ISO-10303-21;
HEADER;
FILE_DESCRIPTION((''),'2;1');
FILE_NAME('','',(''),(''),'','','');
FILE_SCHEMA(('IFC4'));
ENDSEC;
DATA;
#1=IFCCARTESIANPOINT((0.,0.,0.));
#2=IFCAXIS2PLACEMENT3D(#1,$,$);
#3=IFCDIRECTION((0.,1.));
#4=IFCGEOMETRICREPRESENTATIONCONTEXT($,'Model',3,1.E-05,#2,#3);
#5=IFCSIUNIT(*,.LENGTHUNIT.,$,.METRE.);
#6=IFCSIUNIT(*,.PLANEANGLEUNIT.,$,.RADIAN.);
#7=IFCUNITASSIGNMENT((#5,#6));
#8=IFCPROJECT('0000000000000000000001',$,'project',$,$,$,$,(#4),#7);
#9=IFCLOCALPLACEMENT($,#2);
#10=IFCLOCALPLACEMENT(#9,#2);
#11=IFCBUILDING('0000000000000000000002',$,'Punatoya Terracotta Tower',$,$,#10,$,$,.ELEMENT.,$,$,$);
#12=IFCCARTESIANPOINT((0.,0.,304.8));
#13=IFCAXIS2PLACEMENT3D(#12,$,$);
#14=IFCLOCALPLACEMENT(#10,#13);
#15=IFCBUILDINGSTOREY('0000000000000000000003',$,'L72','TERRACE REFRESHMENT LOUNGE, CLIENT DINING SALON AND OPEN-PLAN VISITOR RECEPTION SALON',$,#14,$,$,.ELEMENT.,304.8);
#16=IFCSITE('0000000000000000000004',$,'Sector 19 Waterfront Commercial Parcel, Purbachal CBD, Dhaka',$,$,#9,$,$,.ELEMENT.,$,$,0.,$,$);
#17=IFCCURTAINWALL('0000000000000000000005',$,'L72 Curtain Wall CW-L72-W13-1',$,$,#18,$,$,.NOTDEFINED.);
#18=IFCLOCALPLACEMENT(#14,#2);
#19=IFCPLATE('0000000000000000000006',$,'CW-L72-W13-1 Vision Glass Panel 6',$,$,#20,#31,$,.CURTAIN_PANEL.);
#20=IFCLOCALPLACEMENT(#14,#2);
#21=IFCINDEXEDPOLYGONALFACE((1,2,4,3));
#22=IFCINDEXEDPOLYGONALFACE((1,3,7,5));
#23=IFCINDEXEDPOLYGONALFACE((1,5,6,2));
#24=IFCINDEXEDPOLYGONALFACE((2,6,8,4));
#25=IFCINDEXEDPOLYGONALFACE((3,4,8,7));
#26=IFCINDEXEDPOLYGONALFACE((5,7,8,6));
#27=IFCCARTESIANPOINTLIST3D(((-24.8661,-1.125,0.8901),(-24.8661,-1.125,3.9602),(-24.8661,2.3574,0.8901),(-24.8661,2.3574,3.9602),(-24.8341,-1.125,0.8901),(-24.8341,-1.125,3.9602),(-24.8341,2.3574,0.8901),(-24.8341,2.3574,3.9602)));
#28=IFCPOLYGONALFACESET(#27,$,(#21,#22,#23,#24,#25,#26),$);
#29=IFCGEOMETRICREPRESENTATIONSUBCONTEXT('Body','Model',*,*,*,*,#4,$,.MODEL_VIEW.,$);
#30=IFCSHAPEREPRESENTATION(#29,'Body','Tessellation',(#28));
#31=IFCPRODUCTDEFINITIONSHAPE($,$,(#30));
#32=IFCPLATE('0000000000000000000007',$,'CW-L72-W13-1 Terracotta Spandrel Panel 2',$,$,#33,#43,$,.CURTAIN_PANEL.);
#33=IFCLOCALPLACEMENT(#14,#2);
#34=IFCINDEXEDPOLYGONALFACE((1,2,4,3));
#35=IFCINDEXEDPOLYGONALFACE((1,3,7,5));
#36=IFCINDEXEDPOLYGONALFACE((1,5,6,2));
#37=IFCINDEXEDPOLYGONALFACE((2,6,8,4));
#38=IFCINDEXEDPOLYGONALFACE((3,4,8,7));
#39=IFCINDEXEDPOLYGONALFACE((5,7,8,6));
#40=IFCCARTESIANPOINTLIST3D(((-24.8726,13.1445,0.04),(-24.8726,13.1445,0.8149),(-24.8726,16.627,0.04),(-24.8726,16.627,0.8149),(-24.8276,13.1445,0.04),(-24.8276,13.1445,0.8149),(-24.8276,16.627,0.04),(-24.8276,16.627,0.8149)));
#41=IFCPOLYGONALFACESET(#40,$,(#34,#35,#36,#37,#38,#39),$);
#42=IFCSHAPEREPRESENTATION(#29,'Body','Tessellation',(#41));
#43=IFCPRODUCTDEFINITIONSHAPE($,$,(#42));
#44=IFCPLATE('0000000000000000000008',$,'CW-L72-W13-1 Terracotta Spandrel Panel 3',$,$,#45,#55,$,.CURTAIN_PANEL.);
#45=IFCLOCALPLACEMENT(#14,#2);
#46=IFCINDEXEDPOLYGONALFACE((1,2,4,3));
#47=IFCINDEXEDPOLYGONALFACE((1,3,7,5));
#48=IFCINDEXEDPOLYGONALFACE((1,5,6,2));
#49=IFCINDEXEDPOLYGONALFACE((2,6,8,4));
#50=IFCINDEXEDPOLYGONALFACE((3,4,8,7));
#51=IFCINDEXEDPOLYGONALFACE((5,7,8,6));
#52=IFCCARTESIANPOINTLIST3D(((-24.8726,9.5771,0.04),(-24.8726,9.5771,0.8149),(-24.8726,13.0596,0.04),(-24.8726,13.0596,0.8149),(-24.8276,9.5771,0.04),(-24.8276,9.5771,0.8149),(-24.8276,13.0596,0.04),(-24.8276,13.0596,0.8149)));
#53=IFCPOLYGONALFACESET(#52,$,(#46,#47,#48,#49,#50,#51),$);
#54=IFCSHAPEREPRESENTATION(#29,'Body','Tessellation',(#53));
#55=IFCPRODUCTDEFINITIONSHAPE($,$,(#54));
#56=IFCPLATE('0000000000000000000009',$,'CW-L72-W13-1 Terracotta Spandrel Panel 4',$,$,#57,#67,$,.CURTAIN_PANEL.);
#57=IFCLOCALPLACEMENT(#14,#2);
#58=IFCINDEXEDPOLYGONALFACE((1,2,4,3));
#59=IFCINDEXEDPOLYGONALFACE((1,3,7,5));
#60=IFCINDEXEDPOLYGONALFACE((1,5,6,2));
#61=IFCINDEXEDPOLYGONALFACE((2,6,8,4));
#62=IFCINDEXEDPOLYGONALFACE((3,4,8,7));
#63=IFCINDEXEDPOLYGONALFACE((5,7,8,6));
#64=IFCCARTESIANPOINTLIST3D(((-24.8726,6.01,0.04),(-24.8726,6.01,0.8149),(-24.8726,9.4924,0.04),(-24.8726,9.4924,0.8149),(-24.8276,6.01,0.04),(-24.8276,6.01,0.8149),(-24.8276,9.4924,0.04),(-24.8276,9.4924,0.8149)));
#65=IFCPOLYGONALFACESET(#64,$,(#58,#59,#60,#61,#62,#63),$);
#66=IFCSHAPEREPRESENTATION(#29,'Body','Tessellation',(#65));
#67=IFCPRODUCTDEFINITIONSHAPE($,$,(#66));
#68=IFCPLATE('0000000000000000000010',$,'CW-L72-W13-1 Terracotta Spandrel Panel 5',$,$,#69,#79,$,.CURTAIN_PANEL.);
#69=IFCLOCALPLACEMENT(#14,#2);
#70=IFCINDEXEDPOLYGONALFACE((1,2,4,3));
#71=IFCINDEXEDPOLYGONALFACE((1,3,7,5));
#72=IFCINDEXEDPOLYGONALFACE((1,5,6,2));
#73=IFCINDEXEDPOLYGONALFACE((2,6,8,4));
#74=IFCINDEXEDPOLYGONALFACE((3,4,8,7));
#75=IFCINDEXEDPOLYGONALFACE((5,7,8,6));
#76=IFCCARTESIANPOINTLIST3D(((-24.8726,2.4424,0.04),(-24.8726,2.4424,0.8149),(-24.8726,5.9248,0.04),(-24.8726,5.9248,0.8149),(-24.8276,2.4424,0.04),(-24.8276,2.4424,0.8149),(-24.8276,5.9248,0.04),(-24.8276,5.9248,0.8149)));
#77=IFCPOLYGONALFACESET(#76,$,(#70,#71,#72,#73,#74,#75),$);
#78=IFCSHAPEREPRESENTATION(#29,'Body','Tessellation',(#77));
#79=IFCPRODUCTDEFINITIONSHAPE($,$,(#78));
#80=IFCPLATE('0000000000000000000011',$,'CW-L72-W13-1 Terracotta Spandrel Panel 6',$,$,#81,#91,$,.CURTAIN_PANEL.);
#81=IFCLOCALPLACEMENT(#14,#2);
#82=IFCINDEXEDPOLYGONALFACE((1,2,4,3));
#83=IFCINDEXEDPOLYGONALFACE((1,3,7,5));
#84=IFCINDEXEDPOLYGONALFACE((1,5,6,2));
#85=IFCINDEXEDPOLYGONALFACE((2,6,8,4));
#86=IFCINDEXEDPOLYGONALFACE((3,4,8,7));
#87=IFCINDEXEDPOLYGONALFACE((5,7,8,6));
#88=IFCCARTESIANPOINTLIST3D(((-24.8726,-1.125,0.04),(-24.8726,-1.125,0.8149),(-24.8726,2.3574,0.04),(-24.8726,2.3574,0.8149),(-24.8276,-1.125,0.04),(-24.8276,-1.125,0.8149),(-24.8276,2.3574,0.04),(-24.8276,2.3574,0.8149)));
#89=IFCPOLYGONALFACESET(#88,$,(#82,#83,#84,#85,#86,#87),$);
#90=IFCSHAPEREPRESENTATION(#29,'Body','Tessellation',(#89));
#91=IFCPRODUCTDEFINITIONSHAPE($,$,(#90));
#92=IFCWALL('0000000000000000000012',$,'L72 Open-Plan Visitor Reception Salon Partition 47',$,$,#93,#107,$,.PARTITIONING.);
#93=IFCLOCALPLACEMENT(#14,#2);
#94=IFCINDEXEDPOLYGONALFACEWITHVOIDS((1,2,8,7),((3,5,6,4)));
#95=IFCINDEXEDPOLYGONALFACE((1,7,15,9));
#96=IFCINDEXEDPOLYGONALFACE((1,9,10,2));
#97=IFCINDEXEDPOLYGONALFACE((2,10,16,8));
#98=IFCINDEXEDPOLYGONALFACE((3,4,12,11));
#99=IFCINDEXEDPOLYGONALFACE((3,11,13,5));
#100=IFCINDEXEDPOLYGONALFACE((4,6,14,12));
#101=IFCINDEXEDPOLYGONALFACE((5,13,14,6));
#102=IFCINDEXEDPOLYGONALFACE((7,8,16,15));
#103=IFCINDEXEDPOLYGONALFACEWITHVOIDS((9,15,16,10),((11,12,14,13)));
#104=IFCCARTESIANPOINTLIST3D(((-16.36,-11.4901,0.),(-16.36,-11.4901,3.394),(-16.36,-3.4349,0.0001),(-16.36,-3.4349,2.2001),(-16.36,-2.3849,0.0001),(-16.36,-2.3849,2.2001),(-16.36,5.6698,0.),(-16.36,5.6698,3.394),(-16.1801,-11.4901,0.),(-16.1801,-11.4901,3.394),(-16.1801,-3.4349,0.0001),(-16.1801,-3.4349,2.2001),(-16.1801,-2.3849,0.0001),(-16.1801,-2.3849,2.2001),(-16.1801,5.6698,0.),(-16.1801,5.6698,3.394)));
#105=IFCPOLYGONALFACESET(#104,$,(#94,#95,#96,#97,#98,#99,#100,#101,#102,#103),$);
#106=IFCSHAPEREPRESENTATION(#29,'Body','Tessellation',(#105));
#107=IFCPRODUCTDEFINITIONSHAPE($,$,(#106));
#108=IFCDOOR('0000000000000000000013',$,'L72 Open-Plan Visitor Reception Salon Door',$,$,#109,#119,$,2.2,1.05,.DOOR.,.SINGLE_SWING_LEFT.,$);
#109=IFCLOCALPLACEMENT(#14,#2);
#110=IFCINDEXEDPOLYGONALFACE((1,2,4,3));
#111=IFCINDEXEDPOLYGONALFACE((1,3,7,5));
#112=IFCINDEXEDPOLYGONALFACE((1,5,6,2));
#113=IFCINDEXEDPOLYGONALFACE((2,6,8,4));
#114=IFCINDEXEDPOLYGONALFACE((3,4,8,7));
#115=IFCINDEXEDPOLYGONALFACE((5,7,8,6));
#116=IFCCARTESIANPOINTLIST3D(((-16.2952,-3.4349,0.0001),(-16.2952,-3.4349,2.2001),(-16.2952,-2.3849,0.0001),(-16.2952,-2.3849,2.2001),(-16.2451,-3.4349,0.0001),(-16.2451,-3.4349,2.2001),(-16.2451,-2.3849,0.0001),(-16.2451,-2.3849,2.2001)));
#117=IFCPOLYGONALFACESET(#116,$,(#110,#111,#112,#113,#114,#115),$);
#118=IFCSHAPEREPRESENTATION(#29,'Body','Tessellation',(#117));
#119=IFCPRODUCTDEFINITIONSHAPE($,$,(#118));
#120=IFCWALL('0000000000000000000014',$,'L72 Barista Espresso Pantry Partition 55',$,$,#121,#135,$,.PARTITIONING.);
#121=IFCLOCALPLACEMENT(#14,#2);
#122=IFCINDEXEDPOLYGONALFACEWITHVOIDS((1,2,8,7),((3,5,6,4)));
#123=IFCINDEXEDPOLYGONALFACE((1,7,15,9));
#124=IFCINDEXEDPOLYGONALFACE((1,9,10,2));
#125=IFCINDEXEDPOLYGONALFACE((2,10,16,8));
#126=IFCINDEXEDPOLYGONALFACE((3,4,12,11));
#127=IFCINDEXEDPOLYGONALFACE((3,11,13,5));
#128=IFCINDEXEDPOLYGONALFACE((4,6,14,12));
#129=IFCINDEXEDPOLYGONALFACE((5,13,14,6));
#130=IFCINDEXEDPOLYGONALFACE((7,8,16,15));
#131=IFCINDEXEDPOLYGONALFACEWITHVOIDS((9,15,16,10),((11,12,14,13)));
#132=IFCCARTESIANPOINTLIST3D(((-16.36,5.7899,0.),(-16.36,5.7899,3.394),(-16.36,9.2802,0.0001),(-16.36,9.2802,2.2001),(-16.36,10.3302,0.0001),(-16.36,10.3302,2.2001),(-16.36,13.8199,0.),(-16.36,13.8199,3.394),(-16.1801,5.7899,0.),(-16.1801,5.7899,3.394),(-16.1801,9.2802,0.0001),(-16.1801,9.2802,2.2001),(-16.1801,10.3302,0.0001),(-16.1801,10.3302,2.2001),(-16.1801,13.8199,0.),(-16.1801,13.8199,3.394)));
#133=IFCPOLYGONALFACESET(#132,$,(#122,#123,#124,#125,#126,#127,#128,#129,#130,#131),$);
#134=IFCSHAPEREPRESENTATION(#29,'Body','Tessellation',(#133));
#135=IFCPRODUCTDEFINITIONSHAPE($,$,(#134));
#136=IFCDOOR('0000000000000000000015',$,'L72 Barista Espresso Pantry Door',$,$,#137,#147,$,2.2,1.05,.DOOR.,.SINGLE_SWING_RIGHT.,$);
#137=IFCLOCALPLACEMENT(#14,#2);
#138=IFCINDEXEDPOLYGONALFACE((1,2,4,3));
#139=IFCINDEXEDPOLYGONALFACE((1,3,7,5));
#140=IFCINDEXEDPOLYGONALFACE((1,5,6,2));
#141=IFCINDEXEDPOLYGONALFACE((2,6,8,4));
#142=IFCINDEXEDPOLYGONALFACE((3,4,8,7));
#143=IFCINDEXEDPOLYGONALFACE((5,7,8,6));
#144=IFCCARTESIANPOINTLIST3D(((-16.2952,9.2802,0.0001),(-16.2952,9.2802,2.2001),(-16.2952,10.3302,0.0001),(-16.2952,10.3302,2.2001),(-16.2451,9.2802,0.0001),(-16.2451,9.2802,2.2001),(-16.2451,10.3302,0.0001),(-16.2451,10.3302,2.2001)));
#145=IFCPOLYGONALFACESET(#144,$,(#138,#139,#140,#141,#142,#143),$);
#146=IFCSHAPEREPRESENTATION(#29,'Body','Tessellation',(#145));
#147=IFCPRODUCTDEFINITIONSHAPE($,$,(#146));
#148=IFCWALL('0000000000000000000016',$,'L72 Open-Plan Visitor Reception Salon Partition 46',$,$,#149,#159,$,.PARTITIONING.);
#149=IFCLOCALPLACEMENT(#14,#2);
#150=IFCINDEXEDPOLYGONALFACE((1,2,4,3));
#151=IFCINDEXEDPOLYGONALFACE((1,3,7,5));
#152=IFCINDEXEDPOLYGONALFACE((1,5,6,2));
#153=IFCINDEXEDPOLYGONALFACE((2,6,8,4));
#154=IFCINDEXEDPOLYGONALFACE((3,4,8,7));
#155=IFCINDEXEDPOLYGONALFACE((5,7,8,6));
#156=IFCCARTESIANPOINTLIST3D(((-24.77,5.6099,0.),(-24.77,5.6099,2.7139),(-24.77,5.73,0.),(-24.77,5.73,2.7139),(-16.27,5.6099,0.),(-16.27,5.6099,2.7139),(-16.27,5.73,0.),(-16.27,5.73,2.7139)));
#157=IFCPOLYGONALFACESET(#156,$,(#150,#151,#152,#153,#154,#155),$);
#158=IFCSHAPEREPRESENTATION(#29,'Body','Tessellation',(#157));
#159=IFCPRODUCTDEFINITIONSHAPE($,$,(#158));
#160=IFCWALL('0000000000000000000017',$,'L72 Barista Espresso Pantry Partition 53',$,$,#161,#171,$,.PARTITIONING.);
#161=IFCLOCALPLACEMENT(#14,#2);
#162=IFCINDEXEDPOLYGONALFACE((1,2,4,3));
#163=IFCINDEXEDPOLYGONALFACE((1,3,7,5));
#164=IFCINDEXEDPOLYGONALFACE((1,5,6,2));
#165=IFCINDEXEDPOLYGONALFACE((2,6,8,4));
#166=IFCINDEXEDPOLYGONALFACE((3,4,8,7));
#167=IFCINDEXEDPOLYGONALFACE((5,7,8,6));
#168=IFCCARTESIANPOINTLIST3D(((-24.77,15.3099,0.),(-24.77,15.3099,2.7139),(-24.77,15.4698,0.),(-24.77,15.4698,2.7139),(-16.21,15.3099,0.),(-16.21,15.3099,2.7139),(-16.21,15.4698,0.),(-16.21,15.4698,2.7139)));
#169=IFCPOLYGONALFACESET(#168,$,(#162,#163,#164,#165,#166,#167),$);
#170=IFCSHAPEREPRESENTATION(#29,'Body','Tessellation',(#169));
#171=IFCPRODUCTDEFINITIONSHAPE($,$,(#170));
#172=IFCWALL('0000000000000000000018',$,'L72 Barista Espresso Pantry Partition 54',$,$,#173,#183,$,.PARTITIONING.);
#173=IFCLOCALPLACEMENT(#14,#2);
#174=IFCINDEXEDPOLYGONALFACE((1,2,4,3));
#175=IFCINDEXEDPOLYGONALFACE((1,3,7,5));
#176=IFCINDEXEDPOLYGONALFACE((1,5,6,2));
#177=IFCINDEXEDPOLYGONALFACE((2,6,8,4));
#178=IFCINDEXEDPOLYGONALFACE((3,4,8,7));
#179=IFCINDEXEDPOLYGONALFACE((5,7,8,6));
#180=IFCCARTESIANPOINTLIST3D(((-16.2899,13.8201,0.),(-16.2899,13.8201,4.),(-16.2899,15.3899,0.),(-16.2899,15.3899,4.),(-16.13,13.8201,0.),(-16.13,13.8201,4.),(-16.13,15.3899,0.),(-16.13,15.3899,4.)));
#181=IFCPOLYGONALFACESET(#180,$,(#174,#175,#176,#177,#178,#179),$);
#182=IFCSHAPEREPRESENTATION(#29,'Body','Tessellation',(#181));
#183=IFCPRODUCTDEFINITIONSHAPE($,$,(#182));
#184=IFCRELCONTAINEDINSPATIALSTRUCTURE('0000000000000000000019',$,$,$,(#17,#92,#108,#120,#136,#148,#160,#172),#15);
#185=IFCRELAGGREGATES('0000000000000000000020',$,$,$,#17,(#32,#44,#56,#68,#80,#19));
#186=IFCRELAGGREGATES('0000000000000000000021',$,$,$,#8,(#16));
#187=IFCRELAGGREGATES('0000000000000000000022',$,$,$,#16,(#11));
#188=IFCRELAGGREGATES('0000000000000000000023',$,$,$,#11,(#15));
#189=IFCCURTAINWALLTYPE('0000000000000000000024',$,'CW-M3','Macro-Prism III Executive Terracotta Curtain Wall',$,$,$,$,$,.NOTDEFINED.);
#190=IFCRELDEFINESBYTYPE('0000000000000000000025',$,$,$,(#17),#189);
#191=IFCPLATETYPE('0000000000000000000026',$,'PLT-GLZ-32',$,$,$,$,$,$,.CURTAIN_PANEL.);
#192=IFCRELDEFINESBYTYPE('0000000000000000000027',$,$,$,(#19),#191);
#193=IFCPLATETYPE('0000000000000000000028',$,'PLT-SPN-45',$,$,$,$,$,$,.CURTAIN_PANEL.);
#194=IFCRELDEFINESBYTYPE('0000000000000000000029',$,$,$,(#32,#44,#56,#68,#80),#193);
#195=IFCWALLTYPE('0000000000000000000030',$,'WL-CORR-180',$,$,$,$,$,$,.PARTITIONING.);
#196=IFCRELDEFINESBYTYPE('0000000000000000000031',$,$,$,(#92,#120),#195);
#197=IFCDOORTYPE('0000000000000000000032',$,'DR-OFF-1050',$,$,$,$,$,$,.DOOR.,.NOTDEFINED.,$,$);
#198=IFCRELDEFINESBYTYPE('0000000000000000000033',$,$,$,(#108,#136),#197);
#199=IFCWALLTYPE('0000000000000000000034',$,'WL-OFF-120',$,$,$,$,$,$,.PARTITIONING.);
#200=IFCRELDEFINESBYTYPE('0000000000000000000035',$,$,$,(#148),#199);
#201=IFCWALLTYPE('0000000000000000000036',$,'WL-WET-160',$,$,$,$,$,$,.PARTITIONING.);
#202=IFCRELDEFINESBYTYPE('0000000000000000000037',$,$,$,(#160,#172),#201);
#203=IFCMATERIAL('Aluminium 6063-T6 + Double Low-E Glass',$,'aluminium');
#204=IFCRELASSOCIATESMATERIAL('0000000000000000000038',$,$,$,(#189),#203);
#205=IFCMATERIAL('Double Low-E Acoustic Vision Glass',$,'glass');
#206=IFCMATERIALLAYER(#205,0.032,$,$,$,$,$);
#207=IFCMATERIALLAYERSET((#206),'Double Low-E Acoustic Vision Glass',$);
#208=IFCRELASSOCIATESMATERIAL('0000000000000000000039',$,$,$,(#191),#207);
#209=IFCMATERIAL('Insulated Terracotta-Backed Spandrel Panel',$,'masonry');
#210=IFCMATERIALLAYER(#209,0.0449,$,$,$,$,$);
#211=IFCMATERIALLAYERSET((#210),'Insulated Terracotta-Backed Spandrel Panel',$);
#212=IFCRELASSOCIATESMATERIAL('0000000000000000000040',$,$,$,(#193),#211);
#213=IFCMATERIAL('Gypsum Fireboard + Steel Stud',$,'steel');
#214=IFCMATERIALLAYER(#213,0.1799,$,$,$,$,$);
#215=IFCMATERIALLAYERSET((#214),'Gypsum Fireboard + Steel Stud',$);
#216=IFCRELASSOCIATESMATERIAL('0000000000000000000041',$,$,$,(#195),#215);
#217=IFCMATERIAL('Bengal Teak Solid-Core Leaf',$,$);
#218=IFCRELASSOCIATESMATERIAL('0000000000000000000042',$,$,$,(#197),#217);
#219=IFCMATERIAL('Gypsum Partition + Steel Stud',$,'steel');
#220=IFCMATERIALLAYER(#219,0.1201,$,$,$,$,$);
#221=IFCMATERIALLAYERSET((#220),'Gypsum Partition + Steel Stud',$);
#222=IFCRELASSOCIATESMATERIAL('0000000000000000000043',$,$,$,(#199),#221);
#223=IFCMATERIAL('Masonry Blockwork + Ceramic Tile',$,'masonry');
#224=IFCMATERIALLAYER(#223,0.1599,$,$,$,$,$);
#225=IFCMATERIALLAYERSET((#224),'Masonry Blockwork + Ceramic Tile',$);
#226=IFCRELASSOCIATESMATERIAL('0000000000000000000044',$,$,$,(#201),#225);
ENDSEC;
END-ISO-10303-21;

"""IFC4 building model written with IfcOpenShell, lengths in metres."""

from ifc_helpers import new_model, si_unit, direction, frame, frame_2d, origin, origin_2d, place, context, subcontext, project, spatial, rectangle, extrude, material, layer, layer_set, type_object, element, fill, aggregate, save


model = new_model("IFC4")

# Units and contexts
model_context = context("Model", 3, precision=1e-05, world=origin(), true_north=direction((0.0, 1.0)))
body_context = subcontext(model_context, "Body", "Model", "MODEL_VIEW")
ifc_project = project(units=[si_unit("LENGTHUNIT", "METRE"), si_unit("PLANEANGLEUNIT", "RADIAN")], contexts=[model_context])

# Site, building, storey
site_placement = place(None, origin())
site = spatial("IfcSite", under=ifc_project, at=site_placement, Name="Sector 19 Waterfront Commercial Parcel, Purbachal CBD, Dhaka", CompositionType="ELEMENT", RefElevation=0.0)
building_placement = place(site_placement, origin())
building = spatial("IfcBuilding", under=site, at=building_placement, Name="Punatoya Terracotta Tower", CompositionType="ELEMENT")
storey_placement = place(building_placement, frame((0.0, 0.0, 304.8)))
storey = spatial("IfcBuildingStorey", under=building, at=storey_placement, Name="L72", Description="TERRACE REFRESHMENT LOUNGE, CLIENT DINING SALON AND OPEN-PLAN VISITOR RECEPTION SALON", CompositionType="ELEMENT", Elevation=304.8)

# Curtain wall, plates
ifc_material_1 = material(Name="Aluminium 6063-T6 + Double Low-E Glass", Category="aluminium")
curtain_wall_type = type_object("IfcCurtainWallType", Name="CW-M3", Description="Macro-Prism III Executive Terracotta Curtain Wall", PredefinedType="NOTDEFINED", material=ifc_material_1)
curtain_wall_placement = place(storey_placement, origin())
curtain_wall = element("IfcCurtainWall", 1, at=curtain_wall_placement, inside=storey, type_object=curtain_wall_type, Name="L72 Curtain Wall CW-L72-W13-1", PredefinedType="NOTDEFINED")
ifc_material_2 = material(Name="Double Low-E Acoustic Vision Glass", Category="glass")
ifc_layer_1 = layer(ifc_material_2, 0.032)
ifc_layer_set_1 = layer_set([ifc_layer_1], Name="Double Low-E Acoustic Vision Glass")
plate_type_1 = type_object("IfcPlateType", Name="PLT-GLZ-32", PredefinedType="CURTAIN_PANEL", material=ifc_layer_set_1)
plate_1_placement = place(storey_placement, frame((-24.8501, 0.6162, 0.8901), z_axis=(0.0, 0.0, 1.0), x_axis=(0.0, -1.0, 0.0)))
plate_1 = element("IfcPlate", 2, at=plate_1_placement, type_object=plate_type_1, Name="CW-L72-W13-1 Vision Glass Panel 6", PredefinedType="CURTAIN_PANEL", context=body_context, shape_type="SweptSolid", body=[
    extrude(rectangle(XDim=3.4824, YDim=0.032, at=origin_2d()), origin(), (0.0, 0.0, 1.0), 3.0701),
])
ifc_material_3 = material(Name="Insulated Terracotta-Backed Spandrel Panel", Category="masonry")
ifc_layer_2 = layer(ifc_material_3, 0.0449)
ifc_layer_set_2 = layer_set([ifc_layer_2], Name="Insulated Terracotta-Backed Spandrel Panel")
plate_type_2 = type_object("IfcPlateType", Name="PLT-SPN-45", PredefinedType="CURTAIN_PANEL", material=ifc_layer_set_2)
plate_2_placement = place(storey_placement, frame((-24.8501, 14.8857, 0.04), z_axis=(0.0, 0.0, 1.0), x_axis=(0.0, -1.0, 0.0)))
plate_2 = element("IfcPlate", 3, at=plate_2_placement, type_object=plate_type_2, Name="CW-L72-W13-1 Terracotta Spandrel Panel 2", PredefinedType="CURTAIN_PANEL", context=body_context, shape_type="SweptSolid", body=[
    extrude(rectangle(XDim=3.4824, YDim=0.0449, at=origin_2d()), origin(), (0.0, 0.0, 1.0), 0.7749),
])
plate_3_placement = place(storey_placement, frame((-24.8501, 11.3184, 0.04), z_axis=(0.0, 0.0, 1.0), x_axis=(0.0, -1.0, 0.0)))
plate_3 = element("IfcPlate", 4, at=plate_3_placement, type_object=plate_type_2, Name="CW-L72-W13-1 Terracotta Spandrel Panel 3", PredefinedType="CURTAIN_PANEL", context=body_context, shape_type="SweptSolid", body=[
    extrude(rectangle(XDim=3.4824, YDim=0.0449, at=origin_2d()), origin(), (0.0, 0.0, 1.0), 0.7749),
])
plate_4_placement = place(storey_placement, frame((-24.8501, 7.7512, 0.04), z_axis=(0.0, 0.0, 1.0), x_axis=(0.0, -1.0, 0.0)))
plate_4 = element("IfcPlate", 5, at=plate_4_placement, type_object=plate_type_2, Name="CW-L72-W13-1 Terracotta Spandrel Panel 4", PredefinedType="CURTAIN_PANEL", context=body_context, shape_type="SweptSolid", body=[
    extrude(rectangle(XDim=3.4824, YDim=0.0449, at=origin_2d()), origin(), (0.0, 0.0, 1.0), 0.7749),
])
plate_5_placement = place(storey_placement, frame((-24.8501, 4.1836, 0.04), z_axis=(0.0, 0.0, 1.0), x_axis=(0.0, -1.0, 0.0)))
plate_5 = element("IfcPlate", 6, at=plate_5_placement, type_object=plate_type_2, Name="CW-L72-W13-1 Terracotta Spandrel Panel 5", PredefinedType="CURTAIN_PANEL", context=body_context, shape_type="SweptSolid", body=[
    extrude(rectangle(XDim=3.4824, YDim=0.0449, at=origin_2d()), origin(), (0.0, 0.0, 1.0), 0.7749),
])
plate_6_placement = place(storey_placement, frame((-24.8501, 0.6162, 0.04), z_axis=(0.0, 0.0, 1.0), x_axis=(0.0, -1.0, 0.0)))
plate_6 = element("IfcPlate", 7, at=plate_6_placement, type_object=plate_type_2, Name="CW-L72-W13-1 Terracotta Spandrel Panel 6", PredefinedType="CURTAIN_PANEL", context=body_context, shape_type="SweptSolid", body=[
    extrude(rectangle(XDim=3.4824, YDim=0.0449, at=origin_2d()), origin(), (0.0, 0.0, 1.0), 0.7749),
])
aggregate(curtain_wall, [plate_2, plate_3, plate_4, plate_5, plate_6, plate_1])

# Walls, openings, doors
ifc_material_4 = material(Name="Gypsum Fireboard + Steel Stud", Category="steel")
ifc_layer_3 = layer(ifc_material_4, 0.1799)
ifc_layer_set_3 = layer_set([ifc_layer_3], Name="Gypsum Fireboard + Steel Stud")
wall_type_1 = type_object("IfcWallType", Name="WL-CORR-180", PredefinedType="PARTITIONING", material=ifc_layer_set_3)
wall_1_placement = place(storey_placement, frame((-16.27, 5.6699, 0.0), z_axis=(0.0, 0.0, 1.0), x_axis=(0.0, -1.0, 0.0)))
wall_1 = element("IfcWall", 8, at=wall_1_placement, inside=storey, type_object=wall_type_1, Name="L72 Open-Plan Visitor Reception Salon Partition 47", PredefinedType="PARTITIONING", context=body_context, shape_type="SweptSolid", body=[
    extrude(rectangle(XDim=17.1599, YDim=0.1799, at=frame_2d((8.5801, 0.0))), origin(), (0.0, 0.0, 1.0), 3.394),
])
opening_1_placement = place(wall_1_placement, frame((8.0549, 0.0, 0.0)))
opening_1 = element("IfcOpeningElement", 9, at=opening_1_placement, cuts=wall_1, PredefinedType="OPENING", context=body_context, shape_type="SweptSolid", body=[
    extrude(rectangle(XDim=1.05, YDim=2.2, at=frame_2d((0.5249, 1.1001))), frame((0.0, 0.0999, 0.0), z_axis=(0.0, -1.0, 0.0), x_axis=(1.0, 0.0, 0.0)), (0.0, 0.0, 1.0), 0.2),
])
ifc_material_5 = material(Name="Bengal Teak Solid-Core Leaf")
door_type = type_object("IfcDoorType", Name="DR-OFF-1050", OperationType="NOTDEFINED", PredefinedType="DOOR", material=ifc_material_5)
door_1_placement = place(opening_1_placement, origin())
door_1 = element("IfcDoor", 10, at=door_1_placement, inside=storey, type_object=door_type, Name="L72 Open-Plan Visitor Reception Salon Door", OperationType="SINGLE_SWING_LEFT", OverallHeight=2.2, OverallWidth=1.05, PredefinedType="DOOR", context=body_context, shape_type="SweptSolid", body=[
    extrude(rectangle(XDim=1.05, YDim=2.2, at=frame_2d((0.5249, 1.1001))), frame((0.0, 0.0249, 0.0), z_axis=(0.0, -1.0, 0.0), x_axis=(1.0, 0.0, 0.0)), (0.0, 0.0, 1.0), 0.05),
])
fill(opening_1, door_1)
wall_2_placement = place(storey_placement, frame((-16.27, 13.8201, 0.0), z_axis=(0.0, 0.0, 1.0), x_axis=(0.0, -1.0, 0.0)))
wall_2 = element("IfcWall", 11, at=wall_2_placement, inside=storey, type_object=wall_type_1, Name="L72 Barista Espresso Pantry Partition 55", PredefinedType="PARTITIONING", context=body_context, shape_type="SweptSolid", body=[
    extrude(rectangle(XDim=8.03, YDim=0.1799, at=frame_2d((4.0151, 0.0))), origin(), (0.0, 0.0, 1.0), 3.394),
])
opening_2_placement = place(wall_2_placement, frame((3.49, 0.0, 0.0)))
opening_2 = element("IfcOpeningElement", 12, at=opening_2_placement, cuts=wall_2, PredefinedType="OPENING", context=body_context, shape_type="SweptSolid", body=[
    extrude(rectangle(XDim=1.05, YDim=2.2, at=frame_2d((0.5249, 1.1001))), frame((0.0, 0.0999, 0.0), z_axis=(0.0, -1.0, 0.0), x_axis=(1.0, 0.0, 0.0)), (0.0, 0.0, 1.0), 0.2),
])
door_2_placement = place(opening_2_placement, origin())
door_2 = element("IfcDoor", 13, at=door_2_placement, inside=storey, type_object=door_type, Name="L72 Barista Espresso Pantry Door", OperationType="SINGLE_SWING_RIGHT", OverallHeight=2.2, OverallWidth=1.05, PredefinedType="DOOR", context=body_context, shape_type="SweptSolid", body=[
    extrude(rectangle(XDim=1.05, YDim=2.2, at=frame_2d((0.5249, 1.1001))), frame((0.0, 0.0249, 0.0), z_axis=(0.0, -1.0, 0.0), x_axis=(1.0, 0.0, 0.0)), (0.0, 0.0, 1.0), 0.05),
])
fill(opening_2, door_2)

# Walls
ifc_material_6 = material(Name="Gypsum Partition + Steel Stud", Category="steel")
ifc_layer_4 = layer(ifc_material_6, 0.1201)
ifc_layer_set_4 = layer_set([ifc_layer_4], Name="Gypsum Partition + Steel Stud")
wall_type_2 = type_object("IfcWallType", Name="WL-OFF-120", PredefinedType="PARTITIONING", material=ifc_layer_set_4)
wall_3_placement = place(storey_placement, frame((-24.77, 5.6699, 0.0), z_axis=(0.0, 0.0, 1.0), x_axis=(1.0, 0.0, 0.0)))
element("IfcWall", 14, at=wall_3_placement, inside=storey, type_object=wall_type_2, Name="L72 Open-Plan Visitor Reception Salon Partition 46", PredefinedType="PARTITIONING", context=body_context, shape_type="SweptSolid", body=[
    extrude(rectangle(XDim=8.5, YDim=0.1201, at=frame_2d((4.25, 0.0))), origin(), (0.0, 0.0, 1.0), 2.7139),
])
ifc_material_7 = material(Name="Masonry Blockwork + Ceramic Tile", Category="masonry")
ifc_layer_5 = layer(ifc_material_7, 0.1599)
ifc_layer_set_5 = layer_set([ifc_layer_5], Name="Masonry Blockwork + Ceramic Tile")
wall_type_3 = type_object("IfcWallType", Name="WL-WET-160", PredefinedType="PARTITIONING", material=ifc_layer_set_5)
wall_4_placement = place(storey_placement, frame((-24.77, 15.3899, 0.0), z_axis=(0.0, 0.0, 1.0), x_axis=(1.0, 0.0, 0.0)))
element("IfcWall", 15, at=wall_4_placement, inside=storey, type_object=wall_type_3, Name="L72 Barista Espresso Pantry Partition 53", PredefinedType="PARTITIONING", context=body_context, shape_type="SweptSolid", body=[
    extrude(rectangle(XDim=8.5601, YDim=0.1599, at=frame_2d((4.28, 0.0))), origin(), (0.0, 0.0, 1.0), 2.7139),
])
wall_5_placement = place(storey_placement, frame((-16.21, 15.3899, 0.0), z_axis=(0.0, 0.0, 1.0), x_axis=(0.0, -1.0, 0.0)))
element("IfcWall", 16, at=wall_5_placement, inside=storey, type_object=wall_type_3, Name="L72 Barista Espresso Pantry Partition 54", PredefinedType="PARTITIONING", context=body_context, shape_type="SweptSolid", body=[
    extrude(rectangle(XDim=1.5698, YDim=0.1599, at=frame_2d((0.7849, 0.0))), origin(), (0.0, 0.0, 1.0), 4.0),
])

save(model, "model.ifc")
